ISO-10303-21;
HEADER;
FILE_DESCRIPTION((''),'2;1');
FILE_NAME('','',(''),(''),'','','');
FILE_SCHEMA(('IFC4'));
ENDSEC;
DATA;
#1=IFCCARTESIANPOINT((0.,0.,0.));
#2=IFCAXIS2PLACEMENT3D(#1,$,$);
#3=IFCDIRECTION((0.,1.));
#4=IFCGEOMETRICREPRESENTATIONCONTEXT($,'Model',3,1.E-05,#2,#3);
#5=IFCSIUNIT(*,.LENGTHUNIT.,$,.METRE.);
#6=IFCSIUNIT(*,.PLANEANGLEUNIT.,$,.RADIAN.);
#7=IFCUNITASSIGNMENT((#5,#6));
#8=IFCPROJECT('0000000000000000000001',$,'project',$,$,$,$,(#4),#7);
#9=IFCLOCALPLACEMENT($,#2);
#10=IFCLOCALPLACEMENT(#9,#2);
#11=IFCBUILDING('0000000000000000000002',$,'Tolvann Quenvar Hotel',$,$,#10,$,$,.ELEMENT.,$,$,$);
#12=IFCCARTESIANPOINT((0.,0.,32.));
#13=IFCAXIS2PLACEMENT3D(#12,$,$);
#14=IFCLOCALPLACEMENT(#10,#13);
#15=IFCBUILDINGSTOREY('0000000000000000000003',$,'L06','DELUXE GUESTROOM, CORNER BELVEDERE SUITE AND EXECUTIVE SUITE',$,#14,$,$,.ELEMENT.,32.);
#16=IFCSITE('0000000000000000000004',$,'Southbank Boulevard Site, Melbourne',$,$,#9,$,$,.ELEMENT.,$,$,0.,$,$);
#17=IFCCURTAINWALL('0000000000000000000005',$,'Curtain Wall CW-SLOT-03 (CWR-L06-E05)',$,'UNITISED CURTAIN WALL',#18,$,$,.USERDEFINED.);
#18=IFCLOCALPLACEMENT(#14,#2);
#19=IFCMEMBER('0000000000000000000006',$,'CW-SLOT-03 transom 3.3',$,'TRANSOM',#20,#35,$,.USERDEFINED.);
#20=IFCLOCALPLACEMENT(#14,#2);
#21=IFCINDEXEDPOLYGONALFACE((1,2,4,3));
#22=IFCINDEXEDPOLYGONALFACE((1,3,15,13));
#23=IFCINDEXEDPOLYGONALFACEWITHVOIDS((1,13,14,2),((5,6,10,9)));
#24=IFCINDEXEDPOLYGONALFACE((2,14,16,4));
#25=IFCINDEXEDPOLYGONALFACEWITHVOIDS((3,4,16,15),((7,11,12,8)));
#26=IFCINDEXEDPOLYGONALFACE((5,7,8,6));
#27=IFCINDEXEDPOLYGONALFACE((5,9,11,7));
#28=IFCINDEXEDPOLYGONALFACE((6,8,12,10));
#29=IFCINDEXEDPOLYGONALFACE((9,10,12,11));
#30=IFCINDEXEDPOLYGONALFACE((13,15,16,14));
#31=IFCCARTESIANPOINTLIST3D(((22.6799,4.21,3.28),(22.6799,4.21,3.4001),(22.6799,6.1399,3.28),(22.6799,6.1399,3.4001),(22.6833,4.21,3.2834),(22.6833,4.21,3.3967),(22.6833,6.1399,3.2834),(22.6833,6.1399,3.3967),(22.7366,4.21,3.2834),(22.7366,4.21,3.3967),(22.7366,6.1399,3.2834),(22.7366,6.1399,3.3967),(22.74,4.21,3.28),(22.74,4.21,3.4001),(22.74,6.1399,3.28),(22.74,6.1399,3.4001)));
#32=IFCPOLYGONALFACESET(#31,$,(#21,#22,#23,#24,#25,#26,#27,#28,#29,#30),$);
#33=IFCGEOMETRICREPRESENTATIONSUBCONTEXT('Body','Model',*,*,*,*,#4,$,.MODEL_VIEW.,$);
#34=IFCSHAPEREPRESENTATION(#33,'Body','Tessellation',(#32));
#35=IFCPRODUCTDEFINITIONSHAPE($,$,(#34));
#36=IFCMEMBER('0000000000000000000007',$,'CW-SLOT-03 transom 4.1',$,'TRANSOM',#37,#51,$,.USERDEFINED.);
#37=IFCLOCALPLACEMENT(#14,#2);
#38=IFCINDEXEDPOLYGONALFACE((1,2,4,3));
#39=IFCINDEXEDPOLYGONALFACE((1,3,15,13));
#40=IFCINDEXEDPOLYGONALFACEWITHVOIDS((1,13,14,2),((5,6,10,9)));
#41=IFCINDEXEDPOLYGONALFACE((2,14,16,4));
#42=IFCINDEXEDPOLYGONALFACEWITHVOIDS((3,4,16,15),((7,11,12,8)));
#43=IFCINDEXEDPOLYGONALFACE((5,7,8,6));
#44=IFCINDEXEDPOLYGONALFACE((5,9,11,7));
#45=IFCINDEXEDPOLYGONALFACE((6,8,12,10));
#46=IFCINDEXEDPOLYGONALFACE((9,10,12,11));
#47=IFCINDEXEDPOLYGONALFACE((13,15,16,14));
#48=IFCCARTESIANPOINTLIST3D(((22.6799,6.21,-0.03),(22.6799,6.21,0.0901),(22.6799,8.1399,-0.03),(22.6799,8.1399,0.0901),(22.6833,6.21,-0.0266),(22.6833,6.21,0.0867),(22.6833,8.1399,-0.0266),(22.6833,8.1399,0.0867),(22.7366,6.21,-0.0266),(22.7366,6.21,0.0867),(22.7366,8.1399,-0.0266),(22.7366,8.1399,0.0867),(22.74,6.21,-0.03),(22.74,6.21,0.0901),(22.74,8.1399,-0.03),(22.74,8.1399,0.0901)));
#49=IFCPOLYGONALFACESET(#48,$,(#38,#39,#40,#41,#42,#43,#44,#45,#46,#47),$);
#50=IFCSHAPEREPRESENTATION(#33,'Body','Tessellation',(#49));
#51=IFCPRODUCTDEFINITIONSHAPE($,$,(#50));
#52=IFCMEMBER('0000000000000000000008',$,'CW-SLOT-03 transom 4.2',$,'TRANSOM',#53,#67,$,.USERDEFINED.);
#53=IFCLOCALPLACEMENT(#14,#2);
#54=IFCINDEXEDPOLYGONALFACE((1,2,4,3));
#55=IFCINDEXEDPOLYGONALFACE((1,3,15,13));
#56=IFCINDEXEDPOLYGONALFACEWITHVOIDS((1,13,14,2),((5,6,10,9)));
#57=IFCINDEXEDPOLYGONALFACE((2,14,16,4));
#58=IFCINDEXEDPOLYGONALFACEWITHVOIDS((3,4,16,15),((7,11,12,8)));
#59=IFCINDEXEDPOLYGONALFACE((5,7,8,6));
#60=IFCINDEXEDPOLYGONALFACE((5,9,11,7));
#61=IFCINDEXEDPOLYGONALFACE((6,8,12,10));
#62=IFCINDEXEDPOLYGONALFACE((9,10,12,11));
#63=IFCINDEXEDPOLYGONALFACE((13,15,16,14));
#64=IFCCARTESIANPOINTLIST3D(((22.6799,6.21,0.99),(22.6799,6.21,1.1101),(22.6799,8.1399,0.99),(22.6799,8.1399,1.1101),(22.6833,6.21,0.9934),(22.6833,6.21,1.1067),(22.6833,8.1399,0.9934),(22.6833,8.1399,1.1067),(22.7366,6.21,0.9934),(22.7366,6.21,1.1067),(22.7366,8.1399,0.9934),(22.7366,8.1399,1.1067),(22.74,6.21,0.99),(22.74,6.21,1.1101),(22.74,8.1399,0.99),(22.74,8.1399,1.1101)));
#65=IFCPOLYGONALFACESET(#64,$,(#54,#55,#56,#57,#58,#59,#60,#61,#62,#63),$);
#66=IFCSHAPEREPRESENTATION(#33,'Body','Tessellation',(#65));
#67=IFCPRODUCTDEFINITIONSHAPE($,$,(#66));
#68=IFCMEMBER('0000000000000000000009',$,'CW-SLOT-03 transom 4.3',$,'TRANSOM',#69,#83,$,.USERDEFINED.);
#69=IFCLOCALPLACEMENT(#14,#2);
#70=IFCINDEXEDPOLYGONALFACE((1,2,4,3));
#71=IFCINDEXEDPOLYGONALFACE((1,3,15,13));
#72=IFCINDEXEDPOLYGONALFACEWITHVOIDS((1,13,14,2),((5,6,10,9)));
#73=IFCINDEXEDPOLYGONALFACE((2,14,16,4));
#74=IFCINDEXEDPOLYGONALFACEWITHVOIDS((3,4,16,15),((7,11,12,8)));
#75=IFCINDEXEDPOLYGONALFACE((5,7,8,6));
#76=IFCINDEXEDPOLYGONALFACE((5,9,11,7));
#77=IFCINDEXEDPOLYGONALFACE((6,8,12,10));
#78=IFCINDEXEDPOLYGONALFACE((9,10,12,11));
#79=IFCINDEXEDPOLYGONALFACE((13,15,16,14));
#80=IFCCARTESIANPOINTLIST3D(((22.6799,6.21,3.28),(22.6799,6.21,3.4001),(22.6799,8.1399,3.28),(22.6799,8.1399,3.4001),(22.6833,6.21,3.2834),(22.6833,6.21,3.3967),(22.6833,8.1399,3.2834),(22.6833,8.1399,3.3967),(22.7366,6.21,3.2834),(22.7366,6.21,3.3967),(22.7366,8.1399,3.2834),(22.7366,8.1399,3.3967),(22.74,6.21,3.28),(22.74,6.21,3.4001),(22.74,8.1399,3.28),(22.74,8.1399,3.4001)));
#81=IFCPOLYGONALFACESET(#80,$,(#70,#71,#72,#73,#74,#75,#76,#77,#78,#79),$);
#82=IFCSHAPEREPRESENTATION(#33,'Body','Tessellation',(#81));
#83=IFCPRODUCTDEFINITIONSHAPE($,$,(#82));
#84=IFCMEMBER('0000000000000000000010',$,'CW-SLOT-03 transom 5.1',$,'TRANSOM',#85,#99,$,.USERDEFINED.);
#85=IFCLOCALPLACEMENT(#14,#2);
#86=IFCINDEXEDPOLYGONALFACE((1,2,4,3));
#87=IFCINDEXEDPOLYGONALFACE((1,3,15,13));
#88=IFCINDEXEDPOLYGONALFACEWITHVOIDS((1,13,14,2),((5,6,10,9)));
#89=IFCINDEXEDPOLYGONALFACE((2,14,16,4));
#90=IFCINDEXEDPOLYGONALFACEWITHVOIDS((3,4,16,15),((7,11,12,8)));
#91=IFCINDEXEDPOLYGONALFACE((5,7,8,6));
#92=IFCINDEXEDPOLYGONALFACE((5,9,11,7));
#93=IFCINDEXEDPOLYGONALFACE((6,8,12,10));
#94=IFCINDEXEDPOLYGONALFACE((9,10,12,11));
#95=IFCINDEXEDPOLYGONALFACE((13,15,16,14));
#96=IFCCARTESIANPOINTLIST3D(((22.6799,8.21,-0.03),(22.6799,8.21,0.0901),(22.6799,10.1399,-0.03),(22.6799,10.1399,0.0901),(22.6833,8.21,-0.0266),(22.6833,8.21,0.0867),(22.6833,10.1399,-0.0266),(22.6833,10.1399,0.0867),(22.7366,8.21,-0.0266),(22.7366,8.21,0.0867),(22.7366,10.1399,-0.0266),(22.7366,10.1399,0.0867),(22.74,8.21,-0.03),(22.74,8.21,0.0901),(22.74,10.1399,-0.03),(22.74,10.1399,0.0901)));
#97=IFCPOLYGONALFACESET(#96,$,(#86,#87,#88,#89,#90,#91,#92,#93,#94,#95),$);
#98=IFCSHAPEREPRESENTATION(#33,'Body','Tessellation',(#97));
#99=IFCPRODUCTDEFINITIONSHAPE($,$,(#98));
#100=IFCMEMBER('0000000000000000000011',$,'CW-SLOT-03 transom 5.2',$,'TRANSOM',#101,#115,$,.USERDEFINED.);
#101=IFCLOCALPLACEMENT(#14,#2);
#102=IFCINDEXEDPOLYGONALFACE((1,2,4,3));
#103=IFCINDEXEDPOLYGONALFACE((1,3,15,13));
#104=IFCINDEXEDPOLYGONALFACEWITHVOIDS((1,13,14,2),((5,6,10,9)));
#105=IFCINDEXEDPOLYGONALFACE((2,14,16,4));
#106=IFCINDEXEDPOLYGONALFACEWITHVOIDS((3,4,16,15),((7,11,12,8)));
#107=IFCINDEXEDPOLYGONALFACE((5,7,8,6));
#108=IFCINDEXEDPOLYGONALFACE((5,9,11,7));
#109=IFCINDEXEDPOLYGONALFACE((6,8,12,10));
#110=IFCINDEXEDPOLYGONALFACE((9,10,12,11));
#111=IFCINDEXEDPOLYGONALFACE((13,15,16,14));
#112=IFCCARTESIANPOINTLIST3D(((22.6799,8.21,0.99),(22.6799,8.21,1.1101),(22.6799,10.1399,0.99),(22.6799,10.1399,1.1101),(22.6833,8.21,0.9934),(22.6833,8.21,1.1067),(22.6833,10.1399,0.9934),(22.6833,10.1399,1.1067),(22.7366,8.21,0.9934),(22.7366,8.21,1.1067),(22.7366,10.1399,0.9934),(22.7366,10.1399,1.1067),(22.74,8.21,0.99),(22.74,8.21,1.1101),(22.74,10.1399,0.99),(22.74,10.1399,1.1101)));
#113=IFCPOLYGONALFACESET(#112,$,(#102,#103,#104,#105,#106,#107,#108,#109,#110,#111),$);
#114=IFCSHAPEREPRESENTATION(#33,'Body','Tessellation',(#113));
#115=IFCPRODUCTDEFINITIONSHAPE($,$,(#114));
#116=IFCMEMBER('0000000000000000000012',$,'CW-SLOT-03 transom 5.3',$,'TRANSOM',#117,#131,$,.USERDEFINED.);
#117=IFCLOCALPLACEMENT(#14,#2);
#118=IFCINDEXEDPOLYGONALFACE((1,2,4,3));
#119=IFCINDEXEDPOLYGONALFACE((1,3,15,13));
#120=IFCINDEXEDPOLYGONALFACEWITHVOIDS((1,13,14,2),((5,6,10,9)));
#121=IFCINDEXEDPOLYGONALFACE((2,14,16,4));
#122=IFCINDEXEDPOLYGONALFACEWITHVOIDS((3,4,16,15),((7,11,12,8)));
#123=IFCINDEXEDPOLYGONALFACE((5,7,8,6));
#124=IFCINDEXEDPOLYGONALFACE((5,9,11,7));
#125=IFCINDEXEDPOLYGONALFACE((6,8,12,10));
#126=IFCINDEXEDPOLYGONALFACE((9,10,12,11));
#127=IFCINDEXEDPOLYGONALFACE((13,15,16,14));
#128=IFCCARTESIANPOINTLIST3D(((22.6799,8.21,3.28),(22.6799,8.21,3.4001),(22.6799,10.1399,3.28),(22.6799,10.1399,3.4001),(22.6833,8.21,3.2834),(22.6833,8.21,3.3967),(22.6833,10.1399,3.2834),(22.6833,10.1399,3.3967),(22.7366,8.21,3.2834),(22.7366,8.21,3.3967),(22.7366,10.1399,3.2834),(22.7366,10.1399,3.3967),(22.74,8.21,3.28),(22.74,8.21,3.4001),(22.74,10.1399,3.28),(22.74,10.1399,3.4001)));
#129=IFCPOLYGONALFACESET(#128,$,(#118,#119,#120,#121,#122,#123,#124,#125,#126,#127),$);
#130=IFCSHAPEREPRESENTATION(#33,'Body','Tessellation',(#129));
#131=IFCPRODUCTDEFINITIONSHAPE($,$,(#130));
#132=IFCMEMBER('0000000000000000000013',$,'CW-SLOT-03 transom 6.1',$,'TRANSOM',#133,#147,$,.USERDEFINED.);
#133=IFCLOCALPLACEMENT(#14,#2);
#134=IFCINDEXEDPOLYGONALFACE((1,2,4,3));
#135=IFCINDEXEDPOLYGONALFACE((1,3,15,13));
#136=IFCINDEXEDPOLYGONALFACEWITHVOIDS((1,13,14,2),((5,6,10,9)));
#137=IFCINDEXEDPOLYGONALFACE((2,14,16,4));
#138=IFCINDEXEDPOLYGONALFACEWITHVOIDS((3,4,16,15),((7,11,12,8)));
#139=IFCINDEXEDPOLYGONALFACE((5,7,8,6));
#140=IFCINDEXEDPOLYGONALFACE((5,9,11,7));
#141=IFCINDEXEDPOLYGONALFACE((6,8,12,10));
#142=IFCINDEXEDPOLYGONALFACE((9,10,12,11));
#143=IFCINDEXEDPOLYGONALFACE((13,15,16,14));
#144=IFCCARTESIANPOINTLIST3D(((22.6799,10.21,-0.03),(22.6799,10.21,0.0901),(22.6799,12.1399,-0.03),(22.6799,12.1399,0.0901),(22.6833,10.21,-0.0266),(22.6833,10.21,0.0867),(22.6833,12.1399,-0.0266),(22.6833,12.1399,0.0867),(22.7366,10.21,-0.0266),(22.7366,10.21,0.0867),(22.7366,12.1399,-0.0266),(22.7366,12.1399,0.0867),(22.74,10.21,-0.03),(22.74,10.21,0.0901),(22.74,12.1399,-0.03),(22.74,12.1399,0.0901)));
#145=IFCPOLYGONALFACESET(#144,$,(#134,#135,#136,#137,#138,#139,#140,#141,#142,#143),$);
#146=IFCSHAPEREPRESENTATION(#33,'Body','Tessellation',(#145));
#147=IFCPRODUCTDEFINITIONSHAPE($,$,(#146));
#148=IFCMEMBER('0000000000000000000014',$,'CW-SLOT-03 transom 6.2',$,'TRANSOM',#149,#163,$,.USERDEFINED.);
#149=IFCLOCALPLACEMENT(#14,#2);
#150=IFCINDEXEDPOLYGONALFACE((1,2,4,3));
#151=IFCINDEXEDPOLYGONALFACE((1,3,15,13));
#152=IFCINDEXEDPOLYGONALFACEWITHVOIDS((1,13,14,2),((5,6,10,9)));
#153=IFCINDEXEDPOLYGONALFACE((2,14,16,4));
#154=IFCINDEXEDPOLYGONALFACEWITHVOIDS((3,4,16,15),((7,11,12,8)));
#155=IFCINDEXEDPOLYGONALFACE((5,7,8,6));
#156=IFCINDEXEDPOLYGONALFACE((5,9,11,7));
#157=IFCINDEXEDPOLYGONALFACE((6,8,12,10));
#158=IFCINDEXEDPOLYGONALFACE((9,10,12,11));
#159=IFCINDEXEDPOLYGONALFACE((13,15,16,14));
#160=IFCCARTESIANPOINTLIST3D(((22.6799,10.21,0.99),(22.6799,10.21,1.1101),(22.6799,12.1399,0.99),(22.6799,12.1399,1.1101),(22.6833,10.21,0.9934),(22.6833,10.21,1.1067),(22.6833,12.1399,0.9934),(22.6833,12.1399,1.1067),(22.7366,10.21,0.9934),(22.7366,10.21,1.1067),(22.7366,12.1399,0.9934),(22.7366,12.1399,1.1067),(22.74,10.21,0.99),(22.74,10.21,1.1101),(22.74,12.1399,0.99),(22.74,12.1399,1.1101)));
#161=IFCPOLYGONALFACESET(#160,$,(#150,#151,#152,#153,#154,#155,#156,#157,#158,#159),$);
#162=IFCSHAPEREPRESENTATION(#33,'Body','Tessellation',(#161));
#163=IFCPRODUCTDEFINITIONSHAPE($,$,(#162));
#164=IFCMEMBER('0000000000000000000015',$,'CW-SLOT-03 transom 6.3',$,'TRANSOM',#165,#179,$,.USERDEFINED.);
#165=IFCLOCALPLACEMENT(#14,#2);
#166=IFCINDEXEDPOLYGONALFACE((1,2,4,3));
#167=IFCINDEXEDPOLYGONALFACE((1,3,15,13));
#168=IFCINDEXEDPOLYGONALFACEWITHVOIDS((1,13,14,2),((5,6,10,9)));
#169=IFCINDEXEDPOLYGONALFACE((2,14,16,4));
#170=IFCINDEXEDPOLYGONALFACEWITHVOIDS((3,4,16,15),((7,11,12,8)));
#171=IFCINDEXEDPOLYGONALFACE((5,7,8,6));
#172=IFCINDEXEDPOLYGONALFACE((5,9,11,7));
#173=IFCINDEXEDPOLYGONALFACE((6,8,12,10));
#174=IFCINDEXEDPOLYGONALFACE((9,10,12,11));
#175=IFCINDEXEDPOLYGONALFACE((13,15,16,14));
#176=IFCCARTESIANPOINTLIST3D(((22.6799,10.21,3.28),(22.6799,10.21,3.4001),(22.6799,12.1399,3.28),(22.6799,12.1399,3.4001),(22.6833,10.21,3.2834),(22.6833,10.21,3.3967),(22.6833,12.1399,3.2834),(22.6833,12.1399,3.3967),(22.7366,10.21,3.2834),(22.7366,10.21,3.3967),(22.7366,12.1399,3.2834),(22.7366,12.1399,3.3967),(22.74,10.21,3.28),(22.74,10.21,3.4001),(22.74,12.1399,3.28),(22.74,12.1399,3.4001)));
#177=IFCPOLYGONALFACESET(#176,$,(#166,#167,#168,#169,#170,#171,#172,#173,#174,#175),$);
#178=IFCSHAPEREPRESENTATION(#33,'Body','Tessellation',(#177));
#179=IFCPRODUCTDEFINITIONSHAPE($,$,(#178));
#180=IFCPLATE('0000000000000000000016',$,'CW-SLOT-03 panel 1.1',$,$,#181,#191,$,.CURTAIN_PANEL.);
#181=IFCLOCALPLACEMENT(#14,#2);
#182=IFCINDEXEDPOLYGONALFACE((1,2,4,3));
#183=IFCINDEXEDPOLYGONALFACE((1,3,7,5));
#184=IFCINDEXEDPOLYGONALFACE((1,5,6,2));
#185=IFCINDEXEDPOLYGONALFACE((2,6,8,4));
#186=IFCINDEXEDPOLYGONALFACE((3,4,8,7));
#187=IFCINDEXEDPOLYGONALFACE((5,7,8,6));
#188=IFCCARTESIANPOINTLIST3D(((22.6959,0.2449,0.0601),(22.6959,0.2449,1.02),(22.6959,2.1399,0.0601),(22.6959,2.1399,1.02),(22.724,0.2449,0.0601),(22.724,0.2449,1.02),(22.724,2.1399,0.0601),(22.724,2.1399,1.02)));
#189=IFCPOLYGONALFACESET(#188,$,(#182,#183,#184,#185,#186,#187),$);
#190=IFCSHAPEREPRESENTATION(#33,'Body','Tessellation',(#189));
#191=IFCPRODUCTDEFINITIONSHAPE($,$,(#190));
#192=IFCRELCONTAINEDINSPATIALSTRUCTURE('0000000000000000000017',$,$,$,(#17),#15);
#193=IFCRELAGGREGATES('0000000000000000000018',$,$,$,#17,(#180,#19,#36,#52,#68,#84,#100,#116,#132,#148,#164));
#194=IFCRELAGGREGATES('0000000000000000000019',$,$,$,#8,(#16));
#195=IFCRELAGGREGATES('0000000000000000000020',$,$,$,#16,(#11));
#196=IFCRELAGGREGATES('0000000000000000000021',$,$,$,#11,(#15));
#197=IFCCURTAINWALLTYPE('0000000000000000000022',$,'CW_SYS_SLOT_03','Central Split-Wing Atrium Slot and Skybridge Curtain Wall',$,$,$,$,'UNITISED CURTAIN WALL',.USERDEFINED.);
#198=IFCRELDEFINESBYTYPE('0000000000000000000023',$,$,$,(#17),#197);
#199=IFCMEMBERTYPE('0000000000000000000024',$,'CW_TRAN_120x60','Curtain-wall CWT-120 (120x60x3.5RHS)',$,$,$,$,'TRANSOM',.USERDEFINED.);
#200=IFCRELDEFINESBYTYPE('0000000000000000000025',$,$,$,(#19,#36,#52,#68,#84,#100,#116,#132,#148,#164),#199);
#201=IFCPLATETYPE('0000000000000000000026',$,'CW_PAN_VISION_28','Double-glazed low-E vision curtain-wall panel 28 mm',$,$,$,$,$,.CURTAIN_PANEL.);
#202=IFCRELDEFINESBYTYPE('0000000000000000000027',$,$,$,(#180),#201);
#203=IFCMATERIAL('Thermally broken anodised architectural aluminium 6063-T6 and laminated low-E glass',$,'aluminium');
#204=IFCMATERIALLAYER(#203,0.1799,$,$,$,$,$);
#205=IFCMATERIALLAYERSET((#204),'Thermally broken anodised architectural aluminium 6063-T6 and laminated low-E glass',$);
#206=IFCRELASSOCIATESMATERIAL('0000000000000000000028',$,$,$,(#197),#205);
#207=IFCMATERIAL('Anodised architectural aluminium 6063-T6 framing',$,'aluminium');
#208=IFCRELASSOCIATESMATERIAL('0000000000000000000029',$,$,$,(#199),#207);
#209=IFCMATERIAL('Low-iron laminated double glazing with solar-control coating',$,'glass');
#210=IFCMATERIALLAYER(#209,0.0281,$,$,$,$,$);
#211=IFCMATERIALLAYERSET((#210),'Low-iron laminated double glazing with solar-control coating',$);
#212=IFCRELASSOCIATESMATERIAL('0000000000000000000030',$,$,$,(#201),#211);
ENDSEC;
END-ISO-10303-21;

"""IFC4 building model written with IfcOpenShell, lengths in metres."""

from ifc_helpers import new_model, si_unit, direction, frame, origin, origin_2d, place, context, subcontext, project, spatial, rectangle, hollow_rectangle, extrude, source, transform, mapped, material, layer, layer_set, material_profile, profile_set, type_object, type_shapes, element, aggregate, save


model = new_model("IFC4")

# Units and contexts
model_context = context("Model", 3, precision=1e-05, world=origin(), true_north=direction((0.0, 1.0)))
body_context = subcontext(model_context, "Body", "Model", "MODEL_VIEW")
ifc_project = project(units=[si_unit("LENGTHUNIT", "METRE"), si_unit("PLANEANGLEUNIT", "RADIAN")], contexts=[model_context])

# Site, building, storey
site_placement = place(None, origin())
site = spatial("IfcSite", under=ifc_project, at=site_placement, Name="Southbank Boulevard Site, Melbourne", CompositionType="ELEMENT", RefElevation=0.0)
building_placement = place(site_placement, origin())
building = spatial("IfcBuilding", under=site, at=building_placement, Name="Tolvann Quenvar Hotel", CompositionType="ELEMENT")
storey_placement = place(building_placement, frame((0.0, 0.0, 32.0)))
storey = spatial("IfcBuildingStorey", under=building, at=storey_placement, Name="L06", Description="DELUXE GUESTROOM, CORNER BELVEDERE SUITE AND EXECUTIVE SUITE", CompositionType="ELEMENT", Elevation=32.0)

# Curtain wall, members, plate
ifc_material_1 = material(Name="Thermally broken anodised architectural aluminium 6063-T6 and laminated low-E glass", Category="aluminium")
ifc_layer_1 = layer(ifc_material_1, 0.1799)
ifc_layer_set_1 = layer_set([ifc_layer_1], Name="Thermally broken anodised architectural aluminium 6063-T6 and laminated low-E glass")
curtain_wall_type = type_object("IfcCurtainWallType", Name="CW_SYS_SLOT_03", Description="Central Split-Wing Atrium Slot and Skybridge Curtain Wall", ElementType="UNITISED CURTAIN WALL", PredefinedType="USERDEFINED", material=ifc_layer_set_1)
curtain_wall_placement = place(storey_placement, origin())
curtain_wall = element("IfcCurtainWall", 1, at=curtain_wall_placement, inside=storey, type_object=curtain_wall_type, Name="Curtain Wall CW-SLOT-03 (CWR-L06-E05)", ObjectType="UNITISED CURTAIN WALL", PredefinedType="USERDEFINED")
ifc_material_2 = material(Name="Anodised architectural aluminium 6063-T6 framing", Category="aluminium")
ifc_material_profile_1 = material_profile(ifc_material_2, hollow_rectangle(XDim=0.0601, YDim=0.1201, WallThickness=0.0034, at=origin_2d()), Name="120x60x3.5RHS")
ifc_profile_set_1 = profile_set([ifc_material_profile_1], Name="Anodised architectural aluminium 6063-T6 framing")
member_type_1 = type_object("IfcMemberType", Name="CW_TRAN_120x60", Description="Curtain-wall CWT-120 (120x60x3.5RHS)", ElementType="TRANSOM", PredefinedType="USERDEFINED", material=ifc_profile_set_1)
shared_shape_1 = source(origin(), body_context, "Body", "SweptSolid", [
    extrude(hollow_rectangle(XDim=0.0601, YDim=0.1201, WallThickness=0.0034, at=origin_2d()), origin(), (0.0, 0.0, 1.0), 1.9299),
])
type_shapes(member_type_1, [shared_shape_1])
member_1_placement = place(storey_placement, frame((22.71, 4.21, 3.3401), z_axis=(0.0, 1.0, 0.0), x_axis=(-1.0, 0.0, 0.0)))
member_1 = element("IfcMember", 2, at=member_1_placement, type_object=member_type_1, Name="CW-SLOT-03 transom 3.3", ObjectType="TRANSOM", PredefinedType="USERDEFINED", context=body_context, shape_type="MappedRepresentation", body=[
    mapped(shared_shape_1, transform((0.0, 0.0, 0.0), x_axis=(1.0, 0.0, 0.0), y_axis=(0.0, 1.0, 0.0), z_axis=(0.0, 0.0, 1.0), scale=1.0)),
])
member_2_placement = place(storey_placement, frame((22.71, 6.21, 0.03), z_axis=(0.0, 1.0, 0.0), x_axis=(-1.0, 0.0, 0.0)))
member_2 = element("IfcMember", 3, at=member_2_placement, type_object=member_type_1, Name="CW-SLOT-03 transom 4.1", ObjectType="TRANSOM", PredefinedType="USERDEFINED", context=body_context, shape_type="MappedRepresentation", body=[
    mapped(shared_shape_1, transform((0.0, 0.0, 0.0), x_axis=(1.0, 0.0, 0.0), y_axis=(0.0, 1.0, 0.0), z_axis=(0.0, 0.0, 1.0), scale=1.0)),
])
member_3_placement = place(storey_placement, frame((22.71, 6.21, 1.05), z_axis=(0.0, 1.0, 0.0), x_axis=(-1.0, 0.0, 0.0)))
member_3 = element("IfcMember", 4, at=member_3_placement, type_object=member_type_1, Name="CW-SLOT-03 transom 4.2", ObjectType="TRANSOM", PredefinedType="USERDEFINED", context=body_context, shape_type="MappedRepresentation", body=[
    mapped(shared_shape_1, transform((0.0, 0.0, 0.0), x_axis=(1.0, 0.0, 0.0), y_axis=(0.0, 1.0, 0.0), z_axis=(0.0, 0.0, 1.0), scale=1.0)),
])
member_4_placement = place(storey_placement, frame((22.71, 6.21, 3.3401), z_axis=(0.0, 1.0, 0.0), x_axis=(-1.0, 0.0, 0.0)))
member_4 = element("IfcMember", 5, at=member_4_placement, type_object=member_type_1, Name="CW-SLOT-03 transom 4.3", ObjectType="TRANSOM", PredefinedType="USERDEFINED", context=body_context, shape_type="MappedRepresentation", body=[
    mapped(shared_shape_1, transform((0.0, 0.0, 0.0), x_axis=(1.0, 0.0, 0.0), y_axis=(0.0, 1.0, 0.0), z_axis=(0.0, 0.0, 1.0), scale=1.0)),
])
member_5_placement = place(storey_placement, frame((22.71, 8.21, 0.03), z_axis=(0.0, 1.0, 0.0), x_axis=(-1.0, 0.0, 0.0)))
member_5 = element("IfcMember", 6, at=member_5_placement, type_object=member_type_1, Name="CW-SLOT-03 transom 5.1", ObjectType="TRANSOM", PredefinedType="USERDEFINED", context=body_context, shape_type="MappedRepresentation", body=[
    mapped(shared_shape_1, transform((0.0, 0.0, 0.0), x_axis=(1.0, 0.0, 0.0), y_axis=(0.0, 1.0, 0.0), z_axis=(0.0, 0.0, 1.0), scale=1.0)),
])
member_6_placement = place(storey_placement, frame((22.71, 8.21, 1.05), z_axis=(0.0, 1.0, 0.0), x_axis=(-1.0, 0.0, 0.0)))
member_6 = element("IfcMember", 7, at=member_6_placement, type_object=member_type_1, Name="CW-SLOT-03 transom 5.2", ObjectType="TRANSOM", PredefinedType="USERDEFINED", context=body_context, shape_type="MappedRepresentation", body=[
    mapped(shared_shape_1, transform((0.0, 0.0, 0.0), x_axis=(1.0, 0.0, 0.0), y_axis=(0.0, 1.0, 0.0), z_axis=(0.0, 0.0, 1.0), scale=1.0)),
])
member_7_placement = place(storey_placement, frame((22.71, 8.21, 3.3401), z_axis=(0.0, 1.0, 0.0), x_axis=(-1.0, 0.0, 0.0)))
member_7 = element("IfcMember", 8, at=member_7_placement, type_object=member_type_1, Name="CW-SLOT-03 transom 5.3", ObjectType="TRANSOM", PredefinedType="USERDEFINED", context=body_context, shape_type="MappedRepresentation", body=[
    mapped(shared_shape_1, transform((0.0, 0.0, 0.0), x_axis=(1.0, 0.0, 0.0), y_axis=(0.0, 1.0, 0.0), z_axis=(0.0, 0.0, 1.0), scale=1.0)),
])
member_8_placement = place(storey_placement, frame((22.71, 10.21, 0.03), z_axis=(0.0, 1.0, 0.0), x_axis=(-1.0, 0.0, 0.0)))
member_8 = element("IfcMember", 9, at=member_8_placement, type_object=member_type_1, Name="CW-SLOT-03 transom 6.1", ObjectType="TRANSOM", PredefinedType="USERDEFINED", context=body_context, shape_type="MappedRepresentation", body=[
    mapped(shared_shape_1, transform((0.0, 0.0, 0.0), x_axis=(1.0, 0.0, 0.0), y_axis=(0.0, 1.0, 0.0), z_axis=(0.0, 0.0, 1.0), scale=1.0)),
])
member_9_placement = place(storey_placement, frame((22.71, 10.21, 1.05), z_axis=(0.0, 1.0, 0.0), x_axis=(-1.0, 0.0, 0.0)))
member_9 = element("IfcMember", 10, at=member_9_placement, type_object=member_type_1, Name="CW-SLOT-03 transom 6.2", ObjectType="TRANSOM", PredefinedType="USERDEFINED", context=body_context, shape_type="MappedRepresentation", body=[
    mapped(shared_shape_1, transform((0.0, 0.0, 0.0), x_axis=(1.0, 0.0, 0.0), y_axis=(0.0, 1.0, 0.0), z_axis=(0.0, 0.0, 1.0), scale=1.0)),
])
member_10_placement = place(storey_placement, frame((22.71, 10.21, 3.3401), z_axis=(0.0, 1.0, 0.0), x_axis=(-1.0, 0.0, 0.0)))
member_10 = element("IfcMember", 11, at=member_10_placement, type_object=member_type_1, Name="CW-SLOT-03 transom 6.3", ObjectType="TRANSOM", PredefinedType="USERDEFINED", context=body_context, shape_type="MappedRepresentation", body=[
    mapped(shared_shape_1, transform((0.0, 0.0, 0.0), x_axis=(1.0, 0.0, 0.0), y_axis=(0.0, 1.0, 0.0), z_axis=(0.0, 0.0, 1.0), scale=1.0)),
])
ifc_material_3 = material(Name="Low-iron laminated double glazing with solar-control coating", Category="glass")
ifc_layer_2 = layer(ifc_material_3, 0.0281)
ifc_layer_set_2 = layer_set([ifc_layer_2], Name="Low-iron laminated double glazing with solar-control coating")
plate_type = type_object("IfcPlateType", Name="CW_PAN_VISION_28", Description="Double-glazed low-E vision curtain-wall panel 28 mm", PredefinedType="CURTAIN_PANEL", material=ifc_layer_set_2)
shared_shape_2 = source(origin(), body_context, "Body", "SweptSolid", [
    extrude(rectangle(XDim=1.895, YDim=0.0281, at=origin_2d()), origin(), (0.0, 0.0, 1.0), 0.96),
])
plate_1_placement = place(storey_placement, frame((22.71, 1.1924, 0.0601), z_axis=(0.0, 0.0, 1.0), x_axis=(0.0, 1.0, 0.0)))
plate_1 = element("IfcPlate", 12, at=plate_1_placement, type_object=plate_type, Name="CW-SLOT-03 panel 1.1", PredefinedType="CURTAIN_PANEL", context=body_context, shape_type="MappedRepresentation", body=[
    mapped(shared_shape_2, transform((0.0, 0.0, 0.0), x_axis=(1.0, 0.0, 0.0), y_axis=(0.0, 1.0, 0.0), z_axis=(0.0, 0.0, 1.0), scale=1.0)),
])
aggregate(curtain_wall, [plate_1, member_1, member_2, member_3, member_4, member_5, member_6, member_7, member_8, member_9, member_10])

save(model, "model.ifc")
